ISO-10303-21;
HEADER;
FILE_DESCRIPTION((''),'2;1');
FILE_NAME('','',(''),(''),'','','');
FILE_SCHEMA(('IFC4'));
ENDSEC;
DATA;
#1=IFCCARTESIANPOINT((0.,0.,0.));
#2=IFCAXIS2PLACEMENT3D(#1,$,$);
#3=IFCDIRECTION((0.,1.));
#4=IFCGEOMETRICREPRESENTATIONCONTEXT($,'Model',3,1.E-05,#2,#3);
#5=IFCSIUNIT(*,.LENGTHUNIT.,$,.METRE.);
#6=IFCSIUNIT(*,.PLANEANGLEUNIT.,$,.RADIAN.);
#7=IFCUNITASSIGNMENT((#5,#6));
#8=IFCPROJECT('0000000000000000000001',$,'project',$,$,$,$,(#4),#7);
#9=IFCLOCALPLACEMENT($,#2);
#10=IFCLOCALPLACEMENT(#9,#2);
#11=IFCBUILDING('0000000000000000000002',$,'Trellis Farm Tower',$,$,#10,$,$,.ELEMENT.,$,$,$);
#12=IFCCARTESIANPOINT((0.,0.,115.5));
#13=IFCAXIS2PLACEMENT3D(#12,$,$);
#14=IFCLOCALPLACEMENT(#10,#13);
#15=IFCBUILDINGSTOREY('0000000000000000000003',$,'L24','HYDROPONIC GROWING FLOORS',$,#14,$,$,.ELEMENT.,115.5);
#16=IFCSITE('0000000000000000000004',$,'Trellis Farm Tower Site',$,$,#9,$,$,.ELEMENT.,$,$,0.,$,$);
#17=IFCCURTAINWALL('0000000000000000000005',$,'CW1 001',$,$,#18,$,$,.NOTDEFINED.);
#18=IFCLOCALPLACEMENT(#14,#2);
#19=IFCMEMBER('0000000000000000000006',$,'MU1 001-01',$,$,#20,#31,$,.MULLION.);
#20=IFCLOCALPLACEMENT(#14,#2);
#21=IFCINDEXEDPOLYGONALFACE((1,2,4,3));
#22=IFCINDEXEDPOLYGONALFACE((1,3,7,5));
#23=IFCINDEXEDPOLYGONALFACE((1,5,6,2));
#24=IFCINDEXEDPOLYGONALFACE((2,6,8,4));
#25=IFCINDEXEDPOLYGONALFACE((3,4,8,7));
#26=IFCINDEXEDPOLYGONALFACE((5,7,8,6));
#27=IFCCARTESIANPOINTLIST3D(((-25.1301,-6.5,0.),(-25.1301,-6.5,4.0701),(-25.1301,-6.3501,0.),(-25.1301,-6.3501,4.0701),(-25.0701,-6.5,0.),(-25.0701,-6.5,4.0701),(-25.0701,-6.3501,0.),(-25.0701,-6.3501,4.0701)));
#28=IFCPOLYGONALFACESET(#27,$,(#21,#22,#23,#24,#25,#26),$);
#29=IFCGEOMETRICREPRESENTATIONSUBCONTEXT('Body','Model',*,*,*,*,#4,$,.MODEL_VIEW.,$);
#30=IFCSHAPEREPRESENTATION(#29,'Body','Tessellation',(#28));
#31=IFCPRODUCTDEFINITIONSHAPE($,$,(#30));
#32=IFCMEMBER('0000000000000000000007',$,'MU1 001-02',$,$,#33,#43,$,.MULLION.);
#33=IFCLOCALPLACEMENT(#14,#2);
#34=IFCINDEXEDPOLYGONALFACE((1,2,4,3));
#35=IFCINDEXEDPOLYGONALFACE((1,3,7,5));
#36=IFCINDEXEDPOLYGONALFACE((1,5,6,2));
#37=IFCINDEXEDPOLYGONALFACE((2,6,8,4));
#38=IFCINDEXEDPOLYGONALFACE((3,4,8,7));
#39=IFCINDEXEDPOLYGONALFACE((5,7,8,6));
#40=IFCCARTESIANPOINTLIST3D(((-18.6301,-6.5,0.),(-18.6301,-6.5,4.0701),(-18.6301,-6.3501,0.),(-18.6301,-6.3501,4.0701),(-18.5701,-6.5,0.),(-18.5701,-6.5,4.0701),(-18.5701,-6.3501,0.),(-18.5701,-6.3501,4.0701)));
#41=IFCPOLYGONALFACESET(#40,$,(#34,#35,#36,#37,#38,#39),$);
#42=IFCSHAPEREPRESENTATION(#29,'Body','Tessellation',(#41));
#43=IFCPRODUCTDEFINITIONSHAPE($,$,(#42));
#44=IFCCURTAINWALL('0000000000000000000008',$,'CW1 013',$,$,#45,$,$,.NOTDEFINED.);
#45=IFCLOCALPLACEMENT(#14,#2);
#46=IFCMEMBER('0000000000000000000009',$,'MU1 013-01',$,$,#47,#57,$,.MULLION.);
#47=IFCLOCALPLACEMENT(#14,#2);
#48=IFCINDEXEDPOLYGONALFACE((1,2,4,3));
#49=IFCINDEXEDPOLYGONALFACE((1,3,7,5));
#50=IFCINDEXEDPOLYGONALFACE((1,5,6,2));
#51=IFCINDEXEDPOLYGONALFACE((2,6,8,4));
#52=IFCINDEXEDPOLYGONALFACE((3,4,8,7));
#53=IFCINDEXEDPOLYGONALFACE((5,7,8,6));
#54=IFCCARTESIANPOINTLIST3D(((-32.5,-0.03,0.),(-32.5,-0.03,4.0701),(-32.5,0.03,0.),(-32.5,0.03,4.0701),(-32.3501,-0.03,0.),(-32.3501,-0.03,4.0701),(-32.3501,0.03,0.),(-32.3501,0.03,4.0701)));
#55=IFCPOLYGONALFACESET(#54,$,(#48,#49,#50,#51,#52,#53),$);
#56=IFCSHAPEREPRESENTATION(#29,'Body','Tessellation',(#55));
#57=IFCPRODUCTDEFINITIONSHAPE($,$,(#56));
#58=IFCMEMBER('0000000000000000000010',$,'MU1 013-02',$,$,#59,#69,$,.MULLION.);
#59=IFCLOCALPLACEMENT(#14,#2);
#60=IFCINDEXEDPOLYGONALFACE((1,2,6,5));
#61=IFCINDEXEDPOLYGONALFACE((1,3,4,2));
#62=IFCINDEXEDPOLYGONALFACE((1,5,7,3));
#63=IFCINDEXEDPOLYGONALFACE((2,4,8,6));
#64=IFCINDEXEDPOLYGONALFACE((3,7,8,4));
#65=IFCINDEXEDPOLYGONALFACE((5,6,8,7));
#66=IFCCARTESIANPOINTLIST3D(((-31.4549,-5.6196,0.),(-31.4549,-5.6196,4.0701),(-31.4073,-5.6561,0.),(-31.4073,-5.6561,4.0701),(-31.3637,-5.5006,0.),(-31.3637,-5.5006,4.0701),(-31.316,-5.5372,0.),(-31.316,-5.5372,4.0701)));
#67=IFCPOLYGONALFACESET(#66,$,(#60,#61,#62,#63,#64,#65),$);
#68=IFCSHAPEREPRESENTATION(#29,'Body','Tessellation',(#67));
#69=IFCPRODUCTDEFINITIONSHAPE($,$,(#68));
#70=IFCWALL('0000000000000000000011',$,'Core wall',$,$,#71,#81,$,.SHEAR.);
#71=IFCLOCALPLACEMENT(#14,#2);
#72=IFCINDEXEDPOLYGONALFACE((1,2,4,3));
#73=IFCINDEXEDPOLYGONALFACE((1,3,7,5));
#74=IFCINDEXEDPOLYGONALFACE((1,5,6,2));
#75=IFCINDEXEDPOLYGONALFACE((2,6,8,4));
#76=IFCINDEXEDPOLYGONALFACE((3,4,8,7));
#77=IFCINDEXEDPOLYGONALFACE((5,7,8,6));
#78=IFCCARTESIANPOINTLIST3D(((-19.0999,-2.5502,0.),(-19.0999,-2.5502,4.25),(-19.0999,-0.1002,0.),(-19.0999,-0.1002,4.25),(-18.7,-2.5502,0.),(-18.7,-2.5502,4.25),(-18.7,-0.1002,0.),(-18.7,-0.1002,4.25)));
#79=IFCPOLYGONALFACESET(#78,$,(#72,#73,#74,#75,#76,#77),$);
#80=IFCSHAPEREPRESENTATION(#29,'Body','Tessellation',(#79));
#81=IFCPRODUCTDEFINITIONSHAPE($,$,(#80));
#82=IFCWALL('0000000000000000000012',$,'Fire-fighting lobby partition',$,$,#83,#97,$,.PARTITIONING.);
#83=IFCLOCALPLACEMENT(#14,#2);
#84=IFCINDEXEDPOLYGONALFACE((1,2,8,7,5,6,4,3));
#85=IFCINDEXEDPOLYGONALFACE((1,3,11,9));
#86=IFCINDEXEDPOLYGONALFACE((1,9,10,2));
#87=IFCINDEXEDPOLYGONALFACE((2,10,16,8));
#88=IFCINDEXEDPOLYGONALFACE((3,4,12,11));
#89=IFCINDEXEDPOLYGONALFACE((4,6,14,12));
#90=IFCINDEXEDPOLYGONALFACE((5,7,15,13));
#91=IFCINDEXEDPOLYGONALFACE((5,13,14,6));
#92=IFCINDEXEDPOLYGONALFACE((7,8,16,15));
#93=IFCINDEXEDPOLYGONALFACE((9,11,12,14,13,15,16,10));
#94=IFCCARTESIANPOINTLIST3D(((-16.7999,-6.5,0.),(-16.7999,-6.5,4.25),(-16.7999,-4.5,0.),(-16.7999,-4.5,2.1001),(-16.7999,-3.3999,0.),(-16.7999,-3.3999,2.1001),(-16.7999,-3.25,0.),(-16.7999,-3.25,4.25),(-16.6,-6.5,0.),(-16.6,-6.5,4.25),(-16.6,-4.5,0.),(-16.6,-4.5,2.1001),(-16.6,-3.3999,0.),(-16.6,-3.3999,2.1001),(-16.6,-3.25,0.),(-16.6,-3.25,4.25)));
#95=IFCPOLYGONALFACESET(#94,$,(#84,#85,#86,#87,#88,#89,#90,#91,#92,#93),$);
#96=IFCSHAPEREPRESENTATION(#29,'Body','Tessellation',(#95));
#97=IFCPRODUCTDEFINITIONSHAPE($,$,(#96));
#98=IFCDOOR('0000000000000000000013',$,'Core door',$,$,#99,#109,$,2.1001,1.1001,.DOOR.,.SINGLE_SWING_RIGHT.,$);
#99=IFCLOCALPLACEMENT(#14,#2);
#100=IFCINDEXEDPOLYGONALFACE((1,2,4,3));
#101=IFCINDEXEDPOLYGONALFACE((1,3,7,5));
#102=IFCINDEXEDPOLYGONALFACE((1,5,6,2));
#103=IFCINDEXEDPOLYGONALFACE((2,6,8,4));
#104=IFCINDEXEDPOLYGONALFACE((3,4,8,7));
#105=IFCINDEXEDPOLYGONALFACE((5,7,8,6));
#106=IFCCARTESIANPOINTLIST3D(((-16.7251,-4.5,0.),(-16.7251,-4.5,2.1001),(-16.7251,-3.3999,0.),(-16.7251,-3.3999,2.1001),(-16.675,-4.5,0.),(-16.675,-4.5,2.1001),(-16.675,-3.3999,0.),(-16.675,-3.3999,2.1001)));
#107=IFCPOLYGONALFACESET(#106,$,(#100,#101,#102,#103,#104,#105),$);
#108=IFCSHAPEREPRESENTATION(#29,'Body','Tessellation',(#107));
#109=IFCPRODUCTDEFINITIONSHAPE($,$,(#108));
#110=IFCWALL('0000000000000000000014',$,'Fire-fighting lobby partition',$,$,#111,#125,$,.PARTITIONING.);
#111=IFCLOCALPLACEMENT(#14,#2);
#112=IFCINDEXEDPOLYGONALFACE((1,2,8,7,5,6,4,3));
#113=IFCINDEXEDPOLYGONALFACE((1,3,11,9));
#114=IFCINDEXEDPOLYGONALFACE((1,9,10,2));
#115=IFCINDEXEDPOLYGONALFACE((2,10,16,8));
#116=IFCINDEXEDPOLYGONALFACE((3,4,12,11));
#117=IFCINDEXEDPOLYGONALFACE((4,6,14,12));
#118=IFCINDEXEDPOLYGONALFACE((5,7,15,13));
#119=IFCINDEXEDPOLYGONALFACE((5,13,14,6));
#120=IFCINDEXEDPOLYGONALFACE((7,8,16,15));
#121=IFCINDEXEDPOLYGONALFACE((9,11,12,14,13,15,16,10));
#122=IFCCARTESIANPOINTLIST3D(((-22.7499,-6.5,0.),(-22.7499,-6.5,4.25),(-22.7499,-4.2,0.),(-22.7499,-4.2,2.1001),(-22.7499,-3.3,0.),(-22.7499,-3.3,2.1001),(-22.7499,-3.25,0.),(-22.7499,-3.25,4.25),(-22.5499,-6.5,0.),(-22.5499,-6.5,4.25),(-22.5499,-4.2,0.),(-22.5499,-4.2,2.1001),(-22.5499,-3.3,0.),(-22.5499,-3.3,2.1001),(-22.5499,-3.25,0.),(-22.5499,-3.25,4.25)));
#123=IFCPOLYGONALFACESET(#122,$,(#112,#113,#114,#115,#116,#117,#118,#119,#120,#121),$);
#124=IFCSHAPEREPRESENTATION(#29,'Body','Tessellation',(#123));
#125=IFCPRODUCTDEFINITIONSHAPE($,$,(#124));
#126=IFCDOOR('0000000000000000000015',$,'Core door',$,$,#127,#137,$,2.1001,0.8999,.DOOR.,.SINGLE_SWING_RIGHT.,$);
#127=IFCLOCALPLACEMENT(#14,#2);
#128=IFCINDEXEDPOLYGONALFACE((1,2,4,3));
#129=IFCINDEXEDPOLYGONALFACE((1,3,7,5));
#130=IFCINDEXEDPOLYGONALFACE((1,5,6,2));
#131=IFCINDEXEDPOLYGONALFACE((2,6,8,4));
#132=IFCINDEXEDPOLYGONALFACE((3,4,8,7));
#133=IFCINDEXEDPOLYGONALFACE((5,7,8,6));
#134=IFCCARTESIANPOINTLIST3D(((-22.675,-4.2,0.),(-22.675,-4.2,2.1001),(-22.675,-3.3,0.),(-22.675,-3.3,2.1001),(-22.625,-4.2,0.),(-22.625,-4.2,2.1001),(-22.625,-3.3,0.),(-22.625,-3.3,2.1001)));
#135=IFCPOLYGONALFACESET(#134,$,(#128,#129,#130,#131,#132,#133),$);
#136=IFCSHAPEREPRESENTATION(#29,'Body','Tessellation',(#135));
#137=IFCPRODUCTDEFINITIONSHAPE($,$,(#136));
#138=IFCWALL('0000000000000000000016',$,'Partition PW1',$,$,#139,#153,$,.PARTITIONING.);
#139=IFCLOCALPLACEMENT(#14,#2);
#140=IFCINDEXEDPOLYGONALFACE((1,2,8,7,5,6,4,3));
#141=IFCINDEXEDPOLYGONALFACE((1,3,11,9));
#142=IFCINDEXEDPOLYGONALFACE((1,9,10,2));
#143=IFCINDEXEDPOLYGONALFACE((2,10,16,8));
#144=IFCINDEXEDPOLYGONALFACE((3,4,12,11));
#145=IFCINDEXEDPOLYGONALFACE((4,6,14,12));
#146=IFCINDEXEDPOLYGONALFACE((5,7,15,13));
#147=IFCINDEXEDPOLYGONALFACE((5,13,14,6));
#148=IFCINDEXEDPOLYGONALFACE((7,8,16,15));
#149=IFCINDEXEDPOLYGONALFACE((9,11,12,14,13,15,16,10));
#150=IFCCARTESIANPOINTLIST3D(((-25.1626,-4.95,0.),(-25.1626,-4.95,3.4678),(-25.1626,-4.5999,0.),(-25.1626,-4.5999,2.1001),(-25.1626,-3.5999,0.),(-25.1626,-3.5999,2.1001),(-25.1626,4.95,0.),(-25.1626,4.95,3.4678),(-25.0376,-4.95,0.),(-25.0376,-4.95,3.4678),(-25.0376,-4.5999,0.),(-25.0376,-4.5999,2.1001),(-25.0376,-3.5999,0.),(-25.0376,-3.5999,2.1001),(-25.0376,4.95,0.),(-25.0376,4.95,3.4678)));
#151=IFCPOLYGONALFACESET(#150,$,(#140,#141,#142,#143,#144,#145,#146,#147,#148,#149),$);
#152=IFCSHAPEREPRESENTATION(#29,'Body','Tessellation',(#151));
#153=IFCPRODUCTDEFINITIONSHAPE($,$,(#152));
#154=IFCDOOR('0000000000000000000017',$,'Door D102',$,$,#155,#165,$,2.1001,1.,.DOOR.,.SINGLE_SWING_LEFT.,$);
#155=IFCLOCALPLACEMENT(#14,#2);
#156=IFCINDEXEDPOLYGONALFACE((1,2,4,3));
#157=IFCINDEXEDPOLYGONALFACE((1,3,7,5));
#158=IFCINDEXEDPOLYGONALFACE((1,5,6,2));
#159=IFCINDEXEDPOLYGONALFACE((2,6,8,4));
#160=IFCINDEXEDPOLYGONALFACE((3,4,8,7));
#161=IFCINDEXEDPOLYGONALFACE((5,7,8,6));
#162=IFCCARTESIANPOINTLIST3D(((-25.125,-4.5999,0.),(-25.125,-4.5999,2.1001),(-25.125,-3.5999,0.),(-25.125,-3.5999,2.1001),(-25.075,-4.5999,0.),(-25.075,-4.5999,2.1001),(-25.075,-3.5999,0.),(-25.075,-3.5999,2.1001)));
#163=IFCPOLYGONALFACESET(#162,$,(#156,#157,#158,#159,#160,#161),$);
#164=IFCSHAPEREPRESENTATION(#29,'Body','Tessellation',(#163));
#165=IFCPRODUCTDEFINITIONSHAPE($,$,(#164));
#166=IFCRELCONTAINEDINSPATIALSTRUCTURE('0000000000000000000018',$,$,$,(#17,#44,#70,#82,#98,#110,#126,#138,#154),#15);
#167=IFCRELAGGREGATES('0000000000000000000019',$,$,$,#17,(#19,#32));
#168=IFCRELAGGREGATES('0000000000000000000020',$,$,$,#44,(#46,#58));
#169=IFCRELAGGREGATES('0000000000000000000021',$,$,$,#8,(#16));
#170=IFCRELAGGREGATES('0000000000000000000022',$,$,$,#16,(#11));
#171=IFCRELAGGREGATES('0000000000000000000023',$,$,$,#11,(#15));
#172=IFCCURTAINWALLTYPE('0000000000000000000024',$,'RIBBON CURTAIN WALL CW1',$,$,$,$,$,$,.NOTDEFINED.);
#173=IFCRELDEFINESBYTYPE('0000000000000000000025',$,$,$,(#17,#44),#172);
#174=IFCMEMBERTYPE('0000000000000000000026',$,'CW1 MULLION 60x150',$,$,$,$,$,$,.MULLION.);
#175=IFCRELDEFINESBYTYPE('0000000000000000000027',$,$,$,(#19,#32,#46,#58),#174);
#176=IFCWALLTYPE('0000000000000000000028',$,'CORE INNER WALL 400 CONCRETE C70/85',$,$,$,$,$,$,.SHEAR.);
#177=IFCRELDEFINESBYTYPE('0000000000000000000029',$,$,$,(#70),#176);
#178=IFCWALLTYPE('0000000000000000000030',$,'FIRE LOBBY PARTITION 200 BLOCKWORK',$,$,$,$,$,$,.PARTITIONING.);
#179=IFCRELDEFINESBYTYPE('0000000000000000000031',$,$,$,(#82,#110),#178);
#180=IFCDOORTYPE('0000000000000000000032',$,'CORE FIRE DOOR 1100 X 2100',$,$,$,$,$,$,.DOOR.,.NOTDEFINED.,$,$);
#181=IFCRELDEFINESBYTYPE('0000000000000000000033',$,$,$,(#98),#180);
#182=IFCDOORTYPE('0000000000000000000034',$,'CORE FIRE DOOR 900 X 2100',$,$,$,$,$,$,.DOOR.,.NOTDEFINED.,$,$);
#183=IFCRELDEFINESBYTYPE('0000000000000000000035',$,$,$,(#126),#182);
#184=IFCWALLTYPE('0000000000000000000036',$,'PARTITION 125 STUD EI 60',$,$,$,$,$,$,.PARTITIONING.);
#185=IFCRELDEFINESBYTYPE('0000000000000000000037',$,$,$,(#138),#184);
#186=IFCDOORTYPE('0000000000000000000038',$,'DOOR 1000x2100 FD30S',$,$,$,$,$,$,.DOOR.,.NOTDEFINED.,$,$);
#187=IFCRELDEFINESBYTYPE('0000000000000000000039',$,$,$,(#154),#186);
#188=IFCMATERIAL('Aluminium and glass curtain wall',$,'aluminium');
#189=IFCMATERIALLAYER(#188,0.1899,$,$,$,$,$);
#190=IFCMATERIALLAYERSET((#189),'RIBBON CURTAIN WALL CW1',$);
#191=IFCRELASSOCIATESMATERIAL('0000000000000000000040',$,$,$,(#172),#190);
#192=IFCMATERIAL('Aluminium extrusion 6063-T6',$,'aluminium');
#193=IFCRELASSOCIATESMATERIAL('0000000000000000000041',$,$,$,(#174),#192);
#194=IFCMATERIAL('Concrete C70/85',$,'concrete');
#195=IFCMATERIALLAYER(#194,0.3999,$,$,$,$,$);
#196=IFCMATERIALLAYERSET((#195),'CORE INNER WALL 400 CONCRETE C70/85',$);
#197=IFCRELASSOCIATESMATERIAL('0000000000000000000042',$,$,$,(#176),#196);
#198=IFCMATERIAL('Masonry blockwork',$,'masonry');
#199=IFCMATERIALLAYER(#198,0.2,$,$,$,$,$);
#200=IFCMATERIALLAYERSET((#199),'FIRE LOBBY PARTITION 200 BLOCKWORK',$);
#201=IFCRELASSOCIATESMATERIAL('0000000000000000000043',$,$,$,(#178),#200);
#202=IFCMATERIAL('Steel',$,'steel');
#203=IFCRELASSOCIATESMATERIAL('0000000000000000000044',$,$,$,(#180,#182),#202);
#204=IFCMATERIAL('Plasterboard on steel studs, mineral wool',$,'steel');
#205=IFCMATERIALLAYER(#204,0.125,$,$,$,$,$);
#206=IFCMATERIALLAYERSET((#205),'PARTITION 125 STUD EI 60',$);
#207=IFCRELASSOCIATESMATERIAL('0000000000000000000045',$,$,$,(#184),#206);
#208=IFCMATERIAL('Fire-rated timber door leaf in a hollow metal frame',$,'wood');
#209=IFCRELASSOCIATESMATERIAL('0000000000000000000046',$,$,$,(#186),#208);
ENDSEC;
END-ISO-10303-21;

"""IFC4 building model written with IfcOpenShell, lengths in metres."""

from ifc_helpers import new_model, si_unit, direction, frame, frame_2d, origin, origin_2d, place, context, subcontext, project, spatial, rectangle, extrude, source, transform, mapped, material, layer, layer_set, material_profile, profile_set, type_object, element, fill, aggregate, save


model = new_model("IFC4")

# Units and contexts
model_context = context("Model", 3, precision=1e-05, world=origin(), true_north=direction((0.0, 1.0)))
body_context = subcontext(model_context, "Body", "Model", "MODEL_VIEW")
ifc_project = project(units=[si_unit("LENGTHUNIT", "METRE"), si_unit("PLANEANGLEUNIT", "RADIAN")], contexts=[model_context])

# Site, building, storey
site_placement = place(None, origin())
site = spatial("IfcSite", under=ifc_project, at=site_placement, Name="Trellis Farm Tower Site", CompositionType="ELEMENT", RefElevation=0.0)
building_placement = place(site_placement, origin())
building = spatial("IfcBuilding", under=site, at=building_placement, Name="Trellis Farm Tower", CompositionType="ELEMENT")
storey_placement = place(building_placement, frame((0.0, 0.0, 115.5)))
storey = spatial("IfcBuildingStorey", under=building, at=storey_placement, Name="L24", Description="HYDROPONIC GROWING FLOORS", CompositionType="ELEMENT", Elevation=115.5)

# Curtain walls, members
ifc_material_1 = material(Name="Aluminium and glass curtain wall", Category="aluminium")
ifc_layer_1 = layer(ifc_material_1, 0.1899)
ifc_layer_set_1 = layer_set([ifc_layer_1], Name="RIBBON CURTAIN WALL CW1")
curtain_wall_type = type_object("IfcCurtainWallType", Name="RIBBON CURTAIN WALL CW1", PredefinedType="NOTDEFINED", material=ifc_layer_set_1)
placement = place(storey_placement, origin())
curtain_wall_1 = element("IfcCurtainWall", 1, at=placement, inside=storey, type_object=curtain_wall_type, Name="CW1 001", PredefinedType="NOTDEFINED")
ifc_material_2 = material(Name="Aluminium extrusion 6063-T6", Category="aluminium")
ifc_material_profile_1 = material_profile(ifc_material_2, rectangle(XDim=0.0601, YDim=0.1499, at=origin_2d()), Name="MULLION 60x150")
ifc_profile_set_1 = profile_set([ifc_material_profile_1], Name="Aluminium extrusion 6063-T6")
member_type = type_object("IfcMemberType", Name="CW1 MULLION 60x150", PredefinedType="MULLION", material=ifc_profile_set_1)
shared_shape_1 = source(origin(), body_context, "Body", "SweptSolid", [
    extrude(rectangle(XDim=0.0601, YDim=0.1499, at=origin_2d()), origin(), (0.0, 0.0, 1.0), 4.0701),
])
member_1_placement = place(storey_placement, frame((-25.1001, -6.425, 0.0), z_axis=(0.0, 0.0, 1.0), x_axis=(1.0, 0.0, 0.0)))
member_1 = element("IfcMember", 2, at=member_1_placement, type_object=member_type, Name="MU1 001-01", PredefinedType="MULLION", context=body_context, shape_type="MappedRepresentation", body=[
    mapped(shared_shape_1, transform((0.0, 0.0, 0.0))),
])
member_2_placement = place(storey_placement, frame((-18.6001, -6.425, 0.0), z_axis=(0.0, 0.0, 1.0), x_axis=(1.0, 0.0, 0.0)))
member_2 = element("IfcMember", 3, at=member_2_placement, type_object=member_type, Name="MU1 001-02", PredefinedType="MULLION", context=body_context, shape_type="MappedRepresentation", body=[
    mapped(shared_shape_1, transform((0.0, 0.0, 0.0))),
])
aggregate(curtain_wall_1, [member_1, member_2])
curtain_wall_2 = element("IfcCurtainWall", 4, at=placement, inside=storey, type_object=curtain_wall_type, Name="CW1 013", PredefinedType="NOTDEFINED")
member_3_placement = place(storey_placement, frame((-32.425, 0.0, 0.0), z_axis=(0.0, 0.0, 1.0), x_axis=(0.0, -1.0, 0.0)))
member_3 = element("IfcMember", 5, at=member_3_placement, type_object=member_type, Name="MU1 013-01", PredefinedType="MULLION", context=body_context, shape_type="MappedRepresentation", body=[
    mapped(shared_shape_1, transform((0.0, 0.0, 0.0))),
])
member_4_placement = place(storey_placement, frame((-31.3855, -5.5784, 0.0), z_axis=(0.0, 0.0, 1.0), x_axis=(0.793353, -0.608761, 0.0)))
member_4 = element("IfcMember", 6, at=member_4_placement, type_object=member_type, Name="MU1 013-02", PredefinedType="MULLION", context=body_context, shape_type="MappedRepresentation", body=[
    mapped(shared_shape_1, transform((0.0, 0.0, 0.0))),
])
aggregate(curtain_wall_2, [member_3, member_4])

# Wall
ifc_material_3 = material(Name="Concrete C70/85", Category="concrete")
ifc_layer_2 = layer(ifc_material_3, 0.3999)
ifc_layer_set_2 = layer_set([ifc_layer_2], Name="CORE INNER WALL 400 CONCRETE C70/85")
wall_type_1 = type_object("IfcWallType", Name="CORE INNER WALL 400 CONCRETE C70/85", PredefinedType="SHEAR", material=ifc_layer_set_2)
shared_shape_2 = source(origin(), body_context, "Body", "SweptSolid", [
    extrude(rectangle(XDim=2.45, YDim=0.3999, at=frame_2d((1.2251, 0.0))), origin(), (0.0, 0.0, 1.0), 4.25),
])
wall_1_placement = place(storey_placement, frame((-18.8999, -0.1001, 0.0), z_axis=(0.0, 0.0, 1.0), x_axis=(0.0, -1.0, 0.0)))
element("IfcWall", 7, at=wall_1_placement, inside=storey, type_object=wall_type_1, Name="Core wall", PredefinedType="SHEAR", context=body_context, shape_type="MappedRepresentation", body=[
    mapped(shared_shape_2, transform((0.0, 0.0, 0.0))),
])

# Walls, openings, doors
ifc_material_4 = material(Name="Masonry blockwork", Category="masonry")
ifc_layer_3 = layer(ifc_material_4, 0.2)
ifc_layer_set_3 = layer_set([ifc_layer_3], Name="FIRE LOBBY PARTITION 200 BLOCKWORK")
wall_type_2 = type_object("IfcWallType", Name="FIRE LOBBY PARTITION 200 BLOCKWORK", PredefinedType="PARTITIONING", material=ifc_layer_set_3)
shared_shape_3 = source(origin(), body_context, "Body", "SweptSolid", [
    extrude(rectangle(XDim=3.25, YDim=0.2, at=frame_2d((1.625, 0.0))), origin(), (0.0, 0.0, 1.0), 4.25),
])
wall_2_placement = place(storey_placement, frame((-16.7, -3.25, 0.0), z_axis=(0.0, 0.0, 1.0), x_axis=(0.0, -1.0, 0.0)))
wall_2 = element("IfcWall", 8, at=wall_2_placement, inside=storey, type_object=wall_type_2, Name="Fire-fighting lobby partition", PredefinedType="PARTITIONING", context=body_context, shape_type="MappedRepresentation", body=[
    mapped(shared_shape_3, transform((0.0, 0.0, 0.0))),
])
shared_shape_4 = source(origin(), body_context, "Body", "SweptSolid", [
    extrude(rectangle(XDim=1.1001, YDim=2.1001, at=frame_2d((0.55, 1.05))), frame((0.0, 0.1101, 0.0), z_axis=(0.0, -1.0, 0.0), x_axis=(1.0, 0.0, 0.0)), (0.0, 0.0, 1.0), 0.2202),
])
opening_1_placement = place(wall_2_placement, frame((0.1499, 0.0, 0.0)))
opening_1 = element("IfcOpeningElement", 9, at=opening_1_placement, cuts=wall_2, PredefinedType="OPENING", context=body_context, shape_type="MappedRepresentation", body=[
    mapped(shared_shape_4, transform((0.0, 0.0, 0.0))),
])
ifc_material_5 = material(Name="Steel", Category="steel")
door_type_1 = type_object("IfcDoorType", Name="CORE FIRE DOOR 1100 X 2100", OperationType="NOTDEFINED", PredefinedType="DOOR", material=ifc_material_5)
shared_shape_5 = source(origin(), body_context, "Body", "SweptSolid", [
    extrude(rectangle(XDim=1.1001, YDim=2.1001, at=frame_2d((0.55, 1.05))), frame((0.0, 0.0249, 0.0), z_axis=(0.0, -1.0, 0.0), x_axis=(1.0, 0.0, 0.0)), (0.0, 0.0, 1.0), 0.05),
])
door_1_placement = place(opening_1_placement, origin())
door_1 = element("IfcDoor", 10, at=door_1_placement, inside=storey, type_object=door_type_1, Name="Core door", OperationType="SINGLE_SWING_RIGHT", OverallHeight=2.1001, OverallWidth=1.1001, PredefinedType="DOOR", context=body_context, shape_type="MappedRepresentation", body=[
    mapped(shared_shape_5, transform((0.0, 0.0, 0.0))),
])
fill(opening_1, door_1)
wall_3_placement = place(storey_placement, frame((-22.6499, -3.25, 0.0), z_axis=(0.0, 0.0, 1.0), x_axis=(0.0, -1.0, 0.0)))
wall_3 = element("IfcWall", 11, at=wall_3_placement, inside=storey, type_object=wall_type_2, Name="Fire-fighting lobby partition", PredefinedType="PARTITIONING", context=body_context, shape_type="MappedRepresentation", body=[
    mapped(shared_shape_3, transform((0.0, 0.0, 0.0))),
])
shared_shape_6 = source(origin(), body_context, "Body", "SweptSolid", [
    extrude(rectangle(XDim=0.8999, YDim=2.1001, at=frame_2d((0.45, 1.05))), frame((0.0, 0.1101, 0.0), z_axis=(0.0, -1.0, 0.0), x_axis=(1.0, 0.0, 0.0)), (0.0, 0.0, 1.0), 0.2202),
])
opening_2_placement = place(wall_3_placement, frame((0.05, 0.0, 0.0)))
opening_2 = element("IfcOpeningElement", 12, at=opening_2_placement, cuts=wall_3, PredefinedType="OPENING", context=body_context, shape_type="MappedRepresentation", body=[
    mapped(shared_shape_6, transform((0.0, 0.0, 0.0))),
])
door_type_2 = type_object("IfcDoorType", Name="CORE FIRE DOOR 900 X 2100", OperationType="NOTDEFINED", PredefinedType="DOOR", material=ifc_material_5)
shared_shape_7 = source(origin(), body_context, "Body", "SweptSolid", [
    extrude(rectangle(XDim=0.8999, YDim=2.1001, at=frame_2d((0.45, 1.05))), frame((0.0, 0.0249, 0.0), z_axis=(0.0, -1.0, 0.0), x_axis=(1.0, 0.0, 0.0)), (0.0, 0.0, 1.0), 0.05),
])
door_2_placement = place(opening_2_placement, origin())
door_2 = element("IfcDoor", 13, at=door_2_placement, inside=storey, type_object=door_type_2, Name="Core door", OperationType="SINGLE_SWING_RIGHT", OverallHeight=2.1001, OverallWidth=0.8999, PredefinedType="DOOR", context=body_context, shape_type="MappedRepresentation", body=[
    mapped(shared_shape_7, transform((0.0, 0.0, 0.0))),
])
fill(opening_2, door_2)
ifc_material_6 = material(Name="Plasterboard on steel studs, mineral wool", Category="steel")
ifc_layer_4 = layer(ifc_material_6, 0.125)
ifc_layer_set_4 = layer_set([ifc_layer_4], Name="PARTITION 125 STUD EI 60")
wall_type_3 = type_object("IfcWallType", Name="PARTITION 125 STUD EI 60", PredefinedType="PARTITIONING", material=ifc_layer_set_4)
shared_shape_8 = source(origin(), body_context, "Body", "SweptSolid", [
    extrude(rectangle(XDim=9.8999, YDim=0.125, at=frame_2d((4.95, 0.0))), origin(), (0.0, 0.0, 1.0), 3.4678),
])
wall_4_placement = place(storey_placement, frame((-25.1001, -4.95, 0.0), z_axis=(0.0, 0.0, 1.0), x_axis=(0.0, 1.0, 0.0)))
wall_4 = element("IfcWall", 14, at=wall_4_placement, inside=storey, type_object=wall_type_3, Name="Partition PW1", PredefinedType="PARTITIONING", context=body_context, shape_type="MappedRepresentation", body=[
    mapped(shared_shape_8, transform((0.0, 0.0, 0.0))),
])
shared_shape_9 = source(origin(), body_context, "Body", "SweptSolid", [
    extrude(rectangle(XDim=1.0, YDim=2.1001, at=frame_2d((0.5, 1.05))), frame((0.0, 0.0725, 0.0), z_axis=(0.0, -1.0, 0.0), x_axis=(1.0, 0.0, 0.0)), (0.0, 0.0, 1.0), 0.145),
])
opening_3_placement = place(wall_4_placement, frame((0.3501, 0.0, 0.0)))
opening_3 = element("IfcOpeningElement", 15, at=opening_3_placement, cuts=wall_4, PredefinedType="OPENING", context=body_context, shape_type="MappedRepresentation", body=[
    mapped(shared_shape_9, transform((0.0, 0.0, 0.0))),
])
ifc_material_7 = material(Name="Fire-rated timber door leaf in a hollow metal frame", Category="wood")
door_type_3 = type_object("IfcDoorType", Name="DOOR 1000x2100 FD30S", OperationType="NOTDEFINED", PredefinedType="DOOR", material=ifc_material_7)
shared_shape_10 = source(origin(), body_context, "Body", "SweptSolid", [
    extrude(rectangle(XDim=1.0, YDim=2.1001, at=frame_2d((0.5, 1.05))), frame((0.0, 0.0249, 0.0), z_axis=(0.0, -1.0, 0.0), x_axis=(1.0, 0.0, 0.0)), (0.0, 0.0, 1.0), 0.05),
])
door_3_placement = place(opening_3_placement, origin())
door_3 = element("IfcDoor", 16, at=door_3_placement, inside=storey, type_object=door_type_3, Name="Door D102", OperationType="SINGLE_SWING_LEFT", OverallHeight=2.1001, OverallWidth=1.0, PredefinedType="DOOR", context=body_context, shape_type="MappedRepresentation", body=[
    mapped(shared_shape_10, transform((0.0, 0.0, 0.0))),
])
fill(opening_3, door_3)

save(model, "model.ifc")
